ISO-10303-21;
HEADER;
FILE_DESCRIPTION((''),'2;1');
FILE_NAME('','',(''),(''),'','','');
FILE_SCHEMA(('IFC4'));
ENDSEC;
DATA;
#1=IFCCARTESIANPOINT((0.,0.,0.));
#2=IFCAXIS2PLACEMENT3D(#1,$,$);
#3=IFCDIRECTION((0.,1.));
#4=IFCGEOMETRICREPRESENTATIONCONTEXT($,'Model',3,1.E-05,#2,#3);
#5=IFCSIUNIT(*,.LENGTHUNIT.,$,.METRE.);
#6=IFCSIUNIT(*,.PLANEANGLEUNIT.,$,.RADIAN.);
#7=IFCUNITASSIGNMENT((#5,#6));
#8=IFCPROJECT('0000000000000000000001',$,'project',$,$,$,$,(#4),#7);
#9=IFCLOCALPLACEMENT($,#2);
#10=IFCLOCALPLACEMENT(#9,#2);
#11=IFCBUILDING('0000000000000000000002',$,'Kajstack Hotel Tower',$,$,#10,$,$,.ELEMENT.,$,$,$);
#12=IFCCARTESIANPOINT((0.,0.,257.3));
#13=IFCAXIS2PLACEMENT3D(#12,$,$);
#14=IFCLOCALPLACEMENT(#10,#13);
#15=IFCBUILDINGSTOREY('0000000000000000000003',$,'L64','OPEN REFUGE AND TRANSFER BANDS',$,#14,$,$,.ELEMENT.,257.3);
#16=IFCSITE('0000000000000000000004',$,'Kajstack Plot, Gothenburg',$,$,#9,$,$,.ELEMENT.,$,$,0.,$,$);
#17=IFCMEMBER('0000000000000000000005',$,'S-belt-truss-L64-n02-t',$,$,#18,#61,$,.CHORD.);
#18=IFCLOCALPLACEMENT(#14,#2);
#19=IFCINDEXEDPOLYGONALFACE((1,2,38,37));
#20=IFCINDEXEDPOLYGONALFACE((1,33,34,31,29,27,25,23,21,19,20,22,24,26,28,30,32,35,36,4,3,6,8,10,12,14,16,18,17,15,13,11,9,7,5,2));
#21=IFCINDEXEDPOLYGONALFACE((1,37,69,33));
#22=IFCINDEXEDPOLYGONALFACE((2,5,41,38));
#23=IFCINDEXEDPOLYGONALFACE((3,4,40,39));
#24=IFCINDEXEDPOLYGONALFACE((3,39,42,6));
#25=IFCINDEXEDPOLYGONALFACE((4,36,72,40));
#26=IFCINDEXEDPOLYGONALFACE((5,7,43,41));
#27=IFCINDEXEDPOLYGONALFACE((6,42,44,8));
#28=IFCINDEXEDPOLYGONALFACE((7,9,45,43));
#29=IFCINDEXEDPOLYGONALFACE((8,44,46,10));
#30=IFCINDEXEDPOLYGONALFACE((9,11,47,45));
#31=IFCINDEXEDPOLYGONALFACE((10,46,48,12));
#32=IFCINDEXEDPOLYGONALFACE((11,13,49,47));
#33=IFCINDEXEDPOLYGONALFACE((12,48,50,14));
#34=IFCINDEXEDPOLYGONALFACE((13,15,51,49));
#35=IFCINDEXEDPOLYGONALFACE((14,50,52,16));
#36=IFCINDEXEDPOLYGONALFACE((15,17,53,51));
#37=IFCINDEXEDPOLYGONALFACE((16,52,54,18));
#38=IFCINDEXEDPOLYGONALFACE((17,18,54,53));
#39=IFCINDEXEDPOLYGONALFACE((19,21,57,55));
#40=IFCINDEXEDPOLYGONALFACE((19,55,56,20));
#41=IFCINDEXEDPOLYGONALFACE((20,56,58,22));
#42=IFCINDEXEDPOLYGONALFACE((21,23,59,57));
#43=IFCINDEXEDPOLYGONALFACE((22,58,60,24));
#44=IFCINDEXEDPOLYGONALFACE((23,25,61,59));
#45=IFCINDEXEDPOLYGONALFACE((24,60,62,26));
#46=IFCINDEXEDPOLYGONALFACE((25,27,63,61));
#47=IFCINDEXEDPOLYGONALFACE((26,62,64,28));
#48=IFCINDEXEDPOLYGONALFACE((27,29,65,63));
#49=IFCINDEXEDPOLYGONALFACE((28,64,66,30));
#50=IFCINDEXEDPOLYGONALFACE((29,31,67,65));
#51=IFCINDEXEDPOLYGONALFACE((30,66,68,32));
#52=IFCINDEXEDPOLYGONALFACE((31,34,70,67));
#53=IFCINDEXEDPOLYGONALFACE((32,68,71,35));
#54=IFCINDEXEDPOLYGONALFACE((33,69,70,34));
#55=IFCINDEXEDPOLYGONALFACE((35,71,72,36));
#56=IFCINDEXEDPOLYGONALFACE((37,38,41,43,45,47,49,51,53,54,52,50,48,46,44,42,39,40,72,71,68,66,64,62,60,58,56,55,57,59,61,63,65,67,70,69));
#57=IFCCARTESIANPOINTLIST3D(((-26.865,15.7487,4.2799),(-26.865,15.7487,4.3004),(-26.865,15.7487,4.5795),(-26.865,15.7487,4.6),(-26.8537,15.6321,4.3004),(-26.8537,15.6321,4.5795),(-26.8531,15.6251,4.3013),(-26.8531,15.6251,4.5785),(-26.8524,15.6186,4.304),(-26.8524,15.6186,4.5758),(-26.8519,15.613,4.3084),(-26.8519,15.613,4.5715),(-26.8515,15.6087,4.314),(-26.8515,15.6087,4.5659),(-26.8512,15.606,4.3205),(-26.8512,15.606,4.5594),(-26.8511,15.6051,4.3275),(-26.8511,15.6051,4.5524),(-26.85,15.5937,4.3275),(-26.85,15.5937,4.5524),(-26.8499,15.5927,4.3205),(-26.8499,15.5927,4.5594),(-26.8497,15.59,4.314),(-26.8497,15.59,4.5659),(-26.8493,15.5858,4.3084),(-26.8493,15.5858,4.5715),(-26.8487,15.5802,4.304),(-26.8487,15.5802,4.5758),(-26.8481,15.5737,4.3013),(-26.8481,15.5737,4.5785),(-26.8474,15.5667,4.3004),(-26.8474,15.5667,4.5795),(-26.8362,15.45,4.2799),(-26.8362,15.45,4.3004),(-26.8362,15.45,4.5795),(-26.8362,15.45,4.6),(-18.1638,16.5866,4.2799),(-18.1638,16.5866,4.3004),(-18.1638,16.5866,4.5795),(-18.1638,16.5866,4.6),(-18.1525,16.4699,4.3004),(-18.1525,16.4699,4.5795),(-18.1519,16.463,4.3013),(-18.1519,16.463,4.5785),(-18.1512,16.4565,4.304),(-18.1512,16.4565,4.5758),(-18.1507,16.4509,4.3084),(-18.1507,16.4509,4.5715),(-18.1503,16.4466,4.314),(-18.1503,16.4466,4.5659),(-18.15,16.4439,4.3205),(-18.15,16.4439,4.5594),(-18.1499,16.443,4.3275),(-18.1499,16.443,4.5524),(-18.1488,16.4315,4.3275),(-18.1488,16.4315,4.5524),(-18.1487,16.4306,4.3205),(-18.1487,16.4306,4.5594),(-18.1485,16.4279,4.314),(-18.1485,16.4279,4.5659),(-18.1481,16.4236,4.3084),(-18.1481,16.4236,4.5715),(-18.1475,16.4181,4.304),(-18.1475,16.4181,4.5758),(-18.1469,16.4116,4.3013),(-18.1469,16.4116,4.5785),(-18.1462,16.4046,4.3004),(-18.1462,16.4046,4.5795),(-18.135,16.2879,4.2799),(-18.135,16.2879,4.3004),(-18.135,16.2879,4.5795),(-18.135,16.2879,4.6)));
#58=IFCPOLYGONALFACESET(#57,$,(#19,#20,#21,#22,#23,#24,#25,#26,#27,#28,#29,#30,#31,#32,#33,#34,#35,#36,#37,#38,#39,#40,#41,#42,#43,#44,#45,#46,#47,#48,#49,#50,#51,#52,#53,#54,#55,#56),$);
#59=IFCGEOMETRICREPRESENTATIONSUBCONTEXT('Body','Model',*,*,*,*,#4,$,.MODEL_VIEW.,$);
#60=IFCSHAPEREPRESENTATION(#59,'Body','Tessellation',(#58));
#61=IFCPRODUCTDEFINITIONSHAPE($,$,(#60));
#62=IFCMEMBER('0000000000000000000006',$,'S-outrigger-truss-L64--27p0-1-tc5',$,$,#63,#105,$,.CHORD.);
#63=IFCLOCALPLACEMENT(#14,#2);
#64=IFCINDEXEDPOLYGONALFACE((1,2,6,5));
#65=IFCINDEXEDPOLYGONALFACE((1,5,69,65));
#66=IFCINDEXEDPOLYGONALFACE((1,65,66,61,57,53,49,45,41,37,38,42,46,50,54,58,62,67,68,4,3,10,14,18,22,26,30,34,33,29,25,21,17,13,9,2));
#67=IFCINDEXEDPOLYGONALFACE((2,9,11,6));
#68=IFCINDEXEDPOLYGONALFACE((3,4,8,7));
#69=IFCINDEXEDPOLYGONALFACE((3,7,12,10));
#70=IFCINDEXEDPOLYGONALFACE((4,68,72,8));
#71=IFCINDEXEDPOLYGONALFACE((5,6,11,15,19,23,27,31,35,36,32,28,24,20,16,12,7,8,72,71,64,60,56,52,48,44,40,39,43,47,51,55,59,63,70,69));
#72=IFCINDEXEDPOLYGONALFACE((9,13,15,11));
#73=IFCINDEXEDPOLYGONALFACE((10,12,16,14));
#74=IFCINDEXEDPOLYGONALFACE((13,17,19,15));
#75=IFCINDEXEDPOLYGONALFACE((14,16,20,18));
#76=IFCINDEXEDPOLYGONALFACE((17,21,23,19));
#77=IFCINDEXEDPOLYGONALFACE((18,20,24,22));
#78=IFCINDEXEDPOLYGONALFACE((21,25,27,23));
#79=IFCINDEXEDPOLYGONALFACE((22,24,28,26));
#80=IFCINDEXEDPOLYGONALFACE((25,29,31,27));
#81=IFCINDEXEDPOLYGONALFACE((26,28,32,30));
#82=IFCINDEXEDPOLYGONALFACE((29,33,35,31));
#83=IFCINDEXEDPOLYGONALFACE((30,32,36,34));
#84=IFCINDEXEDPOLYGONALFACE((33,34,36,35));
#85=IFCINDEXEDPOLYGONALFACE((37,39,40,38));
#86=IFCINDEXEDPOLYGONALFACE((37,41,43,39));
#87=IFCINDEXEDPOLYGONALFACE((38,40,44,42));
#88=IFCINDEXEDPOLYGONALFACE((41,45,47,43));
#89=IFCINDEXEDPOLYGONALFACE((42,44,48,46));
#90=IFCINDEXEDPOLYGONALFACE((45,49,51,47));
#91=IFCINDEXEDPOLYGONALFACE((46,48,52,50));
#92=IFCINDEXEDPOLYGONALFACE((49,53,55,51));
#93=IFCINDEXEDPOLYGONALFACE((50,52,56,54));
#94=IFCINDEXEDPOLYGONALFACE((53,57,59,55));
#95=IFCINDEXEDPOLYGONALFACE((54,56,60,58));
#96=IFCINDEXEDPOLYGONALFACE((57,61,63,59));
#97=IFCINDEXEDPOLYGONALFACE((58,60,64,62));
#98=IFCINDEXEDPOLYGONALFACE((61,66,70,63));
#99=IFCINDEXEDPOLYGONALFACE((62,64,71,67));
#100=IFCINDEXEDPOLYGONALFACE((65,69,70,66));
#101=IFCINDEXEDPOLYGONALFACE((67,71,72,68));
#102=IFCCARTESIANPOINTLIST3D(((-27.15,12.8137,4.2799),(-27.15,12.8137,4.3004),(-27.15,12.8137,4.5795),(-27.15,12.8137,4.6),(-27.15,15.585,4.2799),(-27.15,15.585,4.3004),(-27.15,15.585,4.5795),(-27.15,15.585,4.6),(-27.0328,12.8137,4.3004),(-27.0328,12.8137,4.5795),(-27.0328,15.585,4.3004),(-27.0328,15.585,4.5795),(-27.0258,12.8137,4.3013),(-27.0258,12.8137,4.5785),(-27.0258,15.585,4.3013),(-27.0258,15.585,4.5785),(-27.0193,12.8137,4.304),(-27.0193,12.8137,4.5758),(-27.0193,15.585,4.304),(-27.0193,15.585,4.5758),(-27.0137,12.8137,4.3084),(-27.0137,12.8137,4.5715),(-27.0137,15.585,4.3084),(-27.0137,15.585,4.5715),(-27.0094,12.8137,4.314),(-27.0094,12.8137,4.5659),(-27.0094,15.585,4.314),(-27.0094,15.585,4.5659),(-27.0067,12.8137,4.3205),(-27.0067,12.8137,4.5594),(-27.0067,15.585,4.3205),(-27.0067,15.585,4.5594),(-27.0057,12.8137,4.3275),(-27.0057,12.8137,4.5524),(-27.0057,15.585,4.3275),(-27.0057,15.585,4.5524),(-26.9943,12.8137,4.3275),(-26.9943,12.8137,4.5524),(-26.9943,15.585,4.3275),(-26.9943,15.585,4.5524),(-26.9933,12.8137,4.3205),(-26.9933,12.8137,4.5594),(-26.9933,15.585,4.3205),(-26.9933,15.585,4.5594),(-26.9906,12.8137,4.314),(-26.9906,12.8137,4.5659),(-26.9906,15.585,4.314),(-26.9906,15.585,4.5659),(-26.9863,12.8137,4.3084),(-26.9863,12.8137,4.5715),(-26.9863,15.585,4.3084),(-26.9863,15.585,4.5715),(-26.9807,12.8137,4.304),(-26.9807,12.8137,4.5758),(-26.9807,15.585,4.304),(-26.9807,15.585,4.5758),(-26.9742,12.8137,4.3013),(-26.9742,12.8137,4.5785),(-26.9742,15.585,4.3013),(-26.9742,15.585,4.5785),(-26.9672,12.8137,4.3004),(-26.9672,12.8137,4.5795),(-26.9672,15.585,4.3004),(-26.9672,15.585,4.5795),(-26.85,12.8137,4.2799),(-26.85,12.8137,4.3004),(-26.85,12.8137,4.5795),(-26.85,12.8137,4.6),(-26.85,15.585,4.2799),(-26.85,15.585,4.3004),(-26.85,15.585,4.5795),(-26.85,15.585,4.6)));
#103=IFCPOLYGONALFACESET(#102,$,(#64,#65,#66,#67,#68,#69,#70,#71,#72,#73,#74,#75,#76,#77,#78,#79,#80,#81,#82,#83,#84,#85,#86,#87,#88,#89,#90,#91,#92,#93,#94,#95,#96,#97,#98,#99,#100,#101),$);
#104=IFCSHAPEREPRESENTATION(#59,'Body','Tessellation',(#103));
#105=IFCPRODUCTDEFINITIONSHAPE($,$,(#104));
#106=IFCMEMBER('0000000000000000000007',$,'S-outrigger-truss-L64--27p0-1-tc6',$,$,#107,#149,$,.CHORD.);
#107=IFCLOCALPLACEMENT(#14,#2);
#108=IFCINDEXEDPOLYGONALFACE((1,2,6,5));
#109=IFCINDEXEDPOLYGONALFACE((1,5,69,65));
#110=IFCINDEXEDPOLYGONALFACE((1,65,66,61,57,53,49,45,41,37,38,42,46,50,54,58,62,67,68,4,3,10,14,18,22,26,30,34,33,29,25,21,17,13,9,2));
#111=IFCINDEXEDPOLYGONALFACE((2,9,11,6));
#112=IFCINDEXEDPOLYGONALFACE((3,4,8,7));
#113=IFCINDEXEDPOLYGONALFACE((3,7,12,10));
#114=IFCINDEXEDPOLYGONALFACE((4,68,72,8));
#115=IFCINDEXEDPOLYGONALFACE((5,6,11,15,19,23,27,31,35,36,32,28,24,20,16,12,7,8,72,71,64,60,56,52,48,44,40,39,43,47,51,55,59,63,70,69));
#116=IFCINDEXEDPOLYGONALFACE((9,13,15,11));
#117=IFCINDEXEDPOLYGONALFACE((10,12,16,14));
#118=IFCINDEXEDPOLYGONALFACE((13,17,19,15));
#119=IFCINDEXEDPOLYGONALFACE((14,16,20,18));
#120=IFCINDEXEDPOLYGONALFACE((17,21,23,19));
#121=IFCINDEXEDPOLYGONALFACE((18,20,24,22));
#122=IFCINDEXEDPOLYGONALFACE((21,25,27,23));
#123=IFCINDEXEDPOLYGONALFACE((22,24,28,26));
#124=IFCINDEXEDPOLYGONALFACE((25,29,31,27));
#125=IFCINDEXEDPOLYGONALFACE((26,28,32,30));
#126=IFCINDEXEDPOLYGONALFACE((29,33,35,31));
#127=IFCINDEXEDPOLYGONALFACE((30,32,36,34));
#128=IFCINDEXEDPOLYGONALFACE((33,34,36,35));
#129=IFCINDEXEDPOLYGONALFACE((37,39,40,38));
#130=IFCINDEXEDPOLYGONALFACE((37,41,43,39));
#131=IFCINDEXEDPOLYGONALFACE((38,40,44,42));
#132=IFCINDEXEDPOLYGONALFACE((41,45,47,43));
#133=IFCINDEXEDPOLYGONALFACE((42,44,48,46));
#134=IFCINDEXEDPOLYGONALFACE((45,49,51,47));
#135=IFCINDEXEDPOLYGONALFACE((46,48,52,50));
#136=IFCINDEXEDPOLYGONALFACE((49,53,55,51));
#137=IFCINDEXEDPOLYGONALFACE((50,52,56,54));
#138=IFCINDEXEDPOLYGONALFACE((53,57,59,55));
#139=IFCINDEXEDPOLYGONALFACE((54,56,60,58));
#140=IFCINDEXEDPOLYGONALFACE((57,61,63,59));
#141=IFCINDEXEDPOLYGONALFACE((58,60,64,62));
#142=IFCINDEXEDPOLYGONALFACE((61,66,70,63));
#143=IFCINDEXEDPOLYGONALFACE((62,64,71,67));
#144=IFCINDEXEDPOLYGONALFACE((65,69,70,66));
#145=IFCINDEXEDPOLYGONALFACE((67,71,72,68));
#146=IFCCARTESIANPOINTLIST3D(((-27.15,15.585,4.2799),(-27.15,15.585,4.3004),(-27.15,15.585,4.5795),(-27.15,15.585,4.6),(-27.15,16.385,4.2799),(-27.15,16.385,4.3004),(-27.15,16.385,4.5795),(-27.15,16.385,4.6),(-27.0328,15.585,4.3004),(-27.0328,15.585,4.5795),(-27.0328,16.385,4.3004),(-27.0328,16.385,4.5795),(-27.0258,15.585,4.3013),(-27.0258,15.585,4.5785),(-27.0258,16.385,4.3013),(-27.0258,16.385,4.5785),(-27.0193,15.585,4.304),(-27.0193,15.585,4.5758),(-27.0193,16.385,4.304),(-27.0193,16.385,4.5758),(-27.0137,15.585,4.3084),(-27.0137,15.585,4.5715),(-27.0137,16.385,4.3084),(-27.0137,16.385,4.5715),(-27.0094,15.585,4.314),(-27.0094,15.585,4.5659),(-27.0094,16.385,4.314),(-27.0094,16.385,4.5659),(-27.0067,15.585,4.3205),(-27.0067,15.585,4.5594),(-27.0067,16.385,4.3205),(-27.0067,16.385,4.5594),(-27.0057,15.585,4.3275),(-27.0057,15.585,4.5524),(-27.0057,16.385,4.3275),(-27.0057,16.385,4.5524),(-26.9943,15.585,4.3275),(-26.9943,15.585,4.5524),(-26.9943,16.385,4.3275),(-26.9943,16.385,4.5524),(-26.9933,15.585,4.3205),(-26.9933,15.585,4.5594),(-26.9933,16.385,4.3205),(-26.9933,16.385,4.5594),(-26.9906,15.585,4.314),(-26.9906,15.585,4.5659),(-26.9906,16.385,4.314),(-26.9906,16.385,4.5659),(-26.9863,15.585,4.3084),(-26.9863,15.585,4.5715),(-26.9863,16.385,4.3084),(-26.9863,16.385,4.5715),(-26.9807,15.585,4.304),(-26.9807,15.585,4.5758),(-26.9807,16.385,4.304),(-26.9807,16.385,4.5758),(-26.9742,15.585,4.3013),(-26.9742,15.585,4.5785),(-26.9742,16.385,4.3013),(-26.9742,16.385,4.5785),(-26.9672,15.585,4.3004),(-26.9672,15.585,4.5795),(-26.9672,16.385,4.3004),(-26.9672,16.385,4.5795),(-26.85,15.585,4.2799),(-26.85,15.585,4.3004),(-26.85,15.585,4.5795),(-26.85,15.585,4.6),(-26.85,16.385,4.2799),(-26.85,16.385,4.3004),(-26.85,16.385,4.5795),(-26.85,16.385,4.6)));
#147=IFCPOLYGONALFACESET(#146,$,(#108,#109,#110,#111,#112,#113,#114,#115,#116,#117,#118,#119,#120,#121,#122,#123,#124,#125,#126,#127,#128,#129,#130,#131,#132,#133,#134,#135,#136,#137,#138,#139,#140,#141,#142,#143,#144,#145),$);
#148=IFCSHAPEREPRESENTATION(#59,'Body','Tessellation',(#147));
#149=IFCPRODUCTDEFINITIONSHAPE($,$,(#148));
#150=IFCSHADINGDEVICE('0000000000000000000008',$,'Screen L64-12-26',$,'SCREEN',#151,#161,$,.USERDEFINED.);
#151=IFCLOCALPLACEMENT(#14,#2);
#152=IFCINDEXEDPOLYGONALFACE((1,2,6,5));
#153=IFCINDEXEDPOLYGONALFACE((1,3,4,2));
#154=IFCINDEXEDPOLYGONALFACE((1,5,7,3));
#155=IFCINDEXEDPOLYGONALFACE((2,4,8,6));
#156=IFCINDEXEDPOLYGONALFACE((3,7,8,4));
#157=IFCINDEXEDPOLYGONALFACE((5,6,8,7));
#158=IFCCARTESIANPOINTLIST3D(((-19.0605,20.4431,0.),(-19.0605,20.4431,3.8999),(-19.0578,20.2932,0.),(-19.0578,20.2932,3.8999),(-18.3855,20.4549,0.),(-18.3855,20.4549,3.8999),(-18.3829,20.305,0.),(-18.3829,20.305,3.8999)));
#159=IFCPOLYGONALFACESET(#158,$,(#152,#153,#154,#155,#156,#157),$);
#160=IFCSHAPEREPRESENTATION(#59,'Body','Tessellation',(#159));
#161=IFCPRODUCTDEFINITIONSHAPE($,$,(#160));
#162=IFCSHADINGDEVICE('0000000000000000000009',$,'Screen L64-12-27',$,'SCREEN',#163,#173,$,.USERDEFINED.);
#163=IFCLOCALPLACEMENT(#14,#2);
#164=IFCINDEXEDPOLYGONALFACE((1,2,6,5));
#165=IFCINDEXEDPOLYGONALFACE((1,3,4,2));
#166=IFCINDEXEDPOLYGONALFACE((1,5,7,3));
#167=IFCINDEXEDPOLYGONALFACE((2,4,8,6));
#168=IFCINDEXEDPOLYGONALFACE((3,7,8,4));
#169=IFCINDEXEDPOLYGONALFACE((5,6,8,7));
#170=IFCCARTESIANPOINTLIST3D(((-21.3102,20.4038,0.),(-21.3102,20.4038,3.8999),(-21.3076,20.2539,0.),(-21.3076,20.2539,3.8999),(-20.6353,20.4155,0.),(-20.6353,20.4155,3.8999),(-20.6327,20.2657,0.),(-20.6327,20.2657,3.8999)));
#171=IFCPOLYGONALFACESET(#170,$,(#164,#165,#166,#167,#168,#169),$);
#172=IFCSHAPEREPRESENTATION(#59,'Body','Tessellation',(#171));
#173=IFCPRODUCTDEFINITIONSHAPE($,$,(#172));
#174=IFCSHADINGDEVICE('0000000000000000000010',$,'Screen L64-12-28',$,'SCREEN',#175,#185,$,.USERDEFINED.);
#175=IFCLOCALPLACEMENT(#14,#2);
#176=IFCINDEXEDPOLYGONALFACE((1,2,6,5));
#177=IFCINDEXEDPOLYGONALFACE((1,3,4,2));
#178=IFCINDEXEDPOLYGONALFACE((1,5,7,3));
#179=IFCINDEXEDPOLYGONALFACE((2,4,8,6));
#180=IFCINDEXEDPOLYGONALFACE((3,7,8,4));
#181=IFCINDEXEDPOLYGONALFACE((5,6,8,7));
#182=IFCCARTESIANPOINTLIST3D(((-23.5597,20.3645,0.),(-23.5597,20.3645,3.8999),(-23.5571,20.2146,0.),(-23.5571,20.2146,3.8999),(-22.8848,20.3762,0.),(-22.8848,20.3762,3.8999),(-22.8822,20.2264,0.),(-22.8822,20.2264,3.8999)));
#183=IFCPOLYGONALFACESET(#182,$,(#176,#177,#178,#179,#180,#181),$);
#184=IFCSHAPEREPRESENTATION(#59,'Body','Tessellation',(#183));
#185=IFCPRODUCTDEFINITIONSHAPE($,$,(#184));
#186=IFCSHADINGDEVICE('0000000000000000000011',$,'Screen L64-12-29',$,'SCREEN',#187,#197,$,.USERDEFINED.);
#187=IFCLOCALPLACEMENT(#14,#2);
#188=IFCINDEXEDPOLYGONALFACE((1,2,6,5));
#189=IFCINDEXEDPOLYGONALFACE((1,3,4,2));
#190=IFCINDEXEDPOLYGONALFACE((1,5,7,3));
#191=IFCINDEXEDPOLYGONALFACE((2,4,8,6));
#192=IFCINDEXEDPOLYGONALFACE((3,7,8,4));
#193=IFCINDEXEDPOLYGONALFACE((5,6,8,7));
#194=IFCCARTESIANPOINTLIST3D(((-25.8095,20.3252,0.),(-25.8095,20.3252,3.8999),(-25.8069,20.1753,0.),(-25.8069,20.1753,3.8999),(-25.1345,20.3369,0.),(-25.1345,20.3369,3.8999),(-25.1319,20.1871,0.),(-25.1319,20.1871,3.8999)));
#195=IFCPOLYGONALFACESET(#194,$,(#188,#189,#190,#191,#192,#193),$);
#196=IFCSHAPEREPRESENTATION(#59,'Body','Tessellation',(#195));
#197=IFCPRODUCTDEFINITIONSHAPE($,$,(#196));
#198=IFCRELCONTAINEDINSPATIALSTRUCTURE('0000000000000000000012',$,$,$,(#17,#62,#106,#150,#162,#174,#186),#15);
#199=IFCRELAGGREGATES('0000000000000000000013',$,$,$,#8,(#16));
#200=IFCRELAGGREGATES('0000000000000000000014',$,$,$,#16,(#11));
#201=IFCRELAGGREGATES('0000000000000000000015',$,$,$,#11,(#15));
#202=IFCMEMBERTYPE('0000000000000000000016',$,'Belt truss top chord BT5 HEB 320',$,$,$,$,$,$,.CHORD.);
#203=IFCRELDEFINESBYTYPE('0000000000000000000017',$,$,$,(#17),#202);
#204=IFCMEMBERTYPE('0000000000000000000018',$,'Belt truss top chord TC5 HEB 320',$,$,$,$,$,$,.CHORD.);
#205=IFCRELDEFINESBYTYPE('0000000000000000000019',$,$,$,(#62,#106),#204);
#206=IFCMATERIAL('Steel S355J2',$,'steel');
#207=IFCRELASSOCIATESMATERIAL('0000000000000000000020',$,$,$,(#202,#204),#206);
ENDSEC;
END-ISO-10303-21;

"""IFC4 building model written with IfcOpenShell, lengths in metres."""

from ifc_helpers import new_model, si_unit, direction, frame, origin, origin_2d, place, context, subcontext, project, spatial, rectangle, i_section, extrude, material, material_profile, profile_set, type_object, element, save


model = new_model("IFC4")

# Units and contexts
model_context = context("Model", 3, precision=1e-05, world=origin(), true_north=direction((0.0, 1.0)))
body_context = subcontext(model_context, "Body", "Model", "MODEL_VIEW")
ifc_project = project(units=[si_unit("LENGTHUNIT", "METRE"), si_unit("PLANEANGLEUNIT", "RADIAN")], contexts=[model_context])

# Site, building, storey
site_placement = place(None, origin())
site = spatial("IfcSite", under=ifc_project, at=site_placement, Name="Kajstack Plot, Gothenburg", CompositionType="ELEMENT", RefElevation=0.0)
building_placement = place(site_placement, origin())
building = spatial("IfcBuilding", under=site, at=building_placement, Name="Kajstack Hotel Tower", CompositionType="ELEMENT")
storey_placement = place(building_placement, frame((0.0, 0.0, 257.3)))
storey = spatial("IfcBuildingStorey", under=building, at=storey_placement, Name="L64", Description="OPEN REFUGE AND TRANSFER BANDS", CompositionType="ELEMENT", Elevation=257.3)

# Members
ifc_material = material(Name="Steel S355J2", Category="steel")
ifc_material_profile_1 = material_profile(ifc_material, i_section(OverallWidth=0.3, OverallDepth=0.3201, WebThickness=0.0115, FlangeThickness=0.0205, FilletRadius=0.0271, at=origin_2d()), Name="HEB 320")
ifc_profile_set_1 = profile_set([ifc_material_profile_1], Name="Steel S355J2")
member_type_1 = type_object("IfcMemberType", Name="Belt truss top chord BT5 HEB 320", PredefinedType="CHORD", material=ifc_profile_set_1)
member_1_placement = place(storey_placement, frame((-26.8506, 15.5994, 4.4399), z_axis=(0.995396, 0.095853, 0.0), x_axis=(-0.095853, 0.995396, 0.0)))
element("IfcMember", 1, at=member_1_placement, inside=storey, type_object=member_type_1, Name="S-belt-truss-L64-n02-t", PredefinedType="CHORD", context=body_context, shape_type="SweptSolid", body=[
    extrude(i_section(OverallWidth=0.3, OverallDepth=0.3201, WebThickness=0.0115, FlangeThickness=0.0205, FilletRadius=0.0271, at=origin_2d()), origin(), (0.0, 0.0, 1.0), 8.7415),
])
ifc_material_profile_2 = material_profile(ifc_material, i_section(OverallWidth=0.3, OverallDepth=0.3201, WebThickness=0.0115, FlangeThickness=0.0205, FilletRadius=0.0271, at=origin_2d()), Name="HEB 320")
ifc_profile_set_2 = profile_set([ifc_material_profile_2], Name="Steel S355J2")
member_type_2 = type_object("IfcMemberType", Name="Belt truss top chord TC5 HEB 320", PredefinedType="CHORD", material=ifc_profile_set_2)
member_2_placement = place(storey_placement, frame((-27.0, 12.8137, 4.4399), z_axis=(0.0, 1.0, 0.0), x_axis=(-1.0, 0.0, 0.0)))
element("IfcMember", 2, at=member_2_placement, inside=storey, type_object=member_type_2, Name="S-outrigger-truss-L64--27p0-1-tc5", PredefinedType="CHORD", context=body_context, shape_type="SweptSolid", body=[
    extrude(i_section(OverallWidth=0.3, OverallDepth=0.3201, WebThickness=0.0115, FlangeThickness=0.0205, FilletRadius=0.0271, at=origin_2d()), origin(), (0.0, 0.0, 1.0), 2.7712),
])
member_3_placement = place(storey_placement, frame((-27.0, 15.585, 4.4399), z_axis=(0.0, 1.0, 0.0), x_axis=(-1.0, 0.0, 0.0)))
element("IfcMember", 3, at=member_3_placement, inside=storey, type_object=member_type_2, Name="S-outrigger-truss-L64--27p0-1-tc6", PredefinedType="CHORD", context=body_context, shape_type="SweptSolid", body=[
    extrude(i_section(OverallWidth=0.3, OverallDepth=0.3201, WebThickness=0.0115, FlangeThickness=0.0205, FilletRadius=0.0271, at=origin_2d()), origin(), (0.0, 0.0, 1.0), 0.8),
])

# Shading devices
for number, where, z_axis, x_axis, name in (
    (4, (-18.7217, 20.374, 0.0), (0.0, 0.0, 1.0), (-0.999848, -0.017453, 0.0), "Screen L64-12-26"),
    (5, (-20.9714, 20.3347, 0.0), (0.0, 0.0, 1.0), (-0.999848, -0.017453, 0.0), "Screen L64-12-27"),
    (6, (-23.2209, 20.2954, 0.0), (0.0, 0.0, 1.0), (-0.999848, -0.017453, 0.0), "Screen L64-12-28"),
    (7, (-25.4707, 20.2561, 0.0), (0.0, 0.0, 1.0), (-0.999848, -0.017453, 0.0), "Screen L64-12-29"),
):
    element("IfcShadingDevice", number, at=place(storey_placement, frame(where, z_axis=z_axis, x_axis=x_axis)), inside=storey, Name=name, ObjectType="SCREEN", PredefinedType="USERDEFINED", context=body_context, shape_type="SweptSolid", body=[
        extrude(rectangle(XDim=0.675, YDim=0.1499, at=origin_2d()), origin(), (0.0, 0.0, 1.0), 3.8999),
    ])

save(model, "model.ifc")
